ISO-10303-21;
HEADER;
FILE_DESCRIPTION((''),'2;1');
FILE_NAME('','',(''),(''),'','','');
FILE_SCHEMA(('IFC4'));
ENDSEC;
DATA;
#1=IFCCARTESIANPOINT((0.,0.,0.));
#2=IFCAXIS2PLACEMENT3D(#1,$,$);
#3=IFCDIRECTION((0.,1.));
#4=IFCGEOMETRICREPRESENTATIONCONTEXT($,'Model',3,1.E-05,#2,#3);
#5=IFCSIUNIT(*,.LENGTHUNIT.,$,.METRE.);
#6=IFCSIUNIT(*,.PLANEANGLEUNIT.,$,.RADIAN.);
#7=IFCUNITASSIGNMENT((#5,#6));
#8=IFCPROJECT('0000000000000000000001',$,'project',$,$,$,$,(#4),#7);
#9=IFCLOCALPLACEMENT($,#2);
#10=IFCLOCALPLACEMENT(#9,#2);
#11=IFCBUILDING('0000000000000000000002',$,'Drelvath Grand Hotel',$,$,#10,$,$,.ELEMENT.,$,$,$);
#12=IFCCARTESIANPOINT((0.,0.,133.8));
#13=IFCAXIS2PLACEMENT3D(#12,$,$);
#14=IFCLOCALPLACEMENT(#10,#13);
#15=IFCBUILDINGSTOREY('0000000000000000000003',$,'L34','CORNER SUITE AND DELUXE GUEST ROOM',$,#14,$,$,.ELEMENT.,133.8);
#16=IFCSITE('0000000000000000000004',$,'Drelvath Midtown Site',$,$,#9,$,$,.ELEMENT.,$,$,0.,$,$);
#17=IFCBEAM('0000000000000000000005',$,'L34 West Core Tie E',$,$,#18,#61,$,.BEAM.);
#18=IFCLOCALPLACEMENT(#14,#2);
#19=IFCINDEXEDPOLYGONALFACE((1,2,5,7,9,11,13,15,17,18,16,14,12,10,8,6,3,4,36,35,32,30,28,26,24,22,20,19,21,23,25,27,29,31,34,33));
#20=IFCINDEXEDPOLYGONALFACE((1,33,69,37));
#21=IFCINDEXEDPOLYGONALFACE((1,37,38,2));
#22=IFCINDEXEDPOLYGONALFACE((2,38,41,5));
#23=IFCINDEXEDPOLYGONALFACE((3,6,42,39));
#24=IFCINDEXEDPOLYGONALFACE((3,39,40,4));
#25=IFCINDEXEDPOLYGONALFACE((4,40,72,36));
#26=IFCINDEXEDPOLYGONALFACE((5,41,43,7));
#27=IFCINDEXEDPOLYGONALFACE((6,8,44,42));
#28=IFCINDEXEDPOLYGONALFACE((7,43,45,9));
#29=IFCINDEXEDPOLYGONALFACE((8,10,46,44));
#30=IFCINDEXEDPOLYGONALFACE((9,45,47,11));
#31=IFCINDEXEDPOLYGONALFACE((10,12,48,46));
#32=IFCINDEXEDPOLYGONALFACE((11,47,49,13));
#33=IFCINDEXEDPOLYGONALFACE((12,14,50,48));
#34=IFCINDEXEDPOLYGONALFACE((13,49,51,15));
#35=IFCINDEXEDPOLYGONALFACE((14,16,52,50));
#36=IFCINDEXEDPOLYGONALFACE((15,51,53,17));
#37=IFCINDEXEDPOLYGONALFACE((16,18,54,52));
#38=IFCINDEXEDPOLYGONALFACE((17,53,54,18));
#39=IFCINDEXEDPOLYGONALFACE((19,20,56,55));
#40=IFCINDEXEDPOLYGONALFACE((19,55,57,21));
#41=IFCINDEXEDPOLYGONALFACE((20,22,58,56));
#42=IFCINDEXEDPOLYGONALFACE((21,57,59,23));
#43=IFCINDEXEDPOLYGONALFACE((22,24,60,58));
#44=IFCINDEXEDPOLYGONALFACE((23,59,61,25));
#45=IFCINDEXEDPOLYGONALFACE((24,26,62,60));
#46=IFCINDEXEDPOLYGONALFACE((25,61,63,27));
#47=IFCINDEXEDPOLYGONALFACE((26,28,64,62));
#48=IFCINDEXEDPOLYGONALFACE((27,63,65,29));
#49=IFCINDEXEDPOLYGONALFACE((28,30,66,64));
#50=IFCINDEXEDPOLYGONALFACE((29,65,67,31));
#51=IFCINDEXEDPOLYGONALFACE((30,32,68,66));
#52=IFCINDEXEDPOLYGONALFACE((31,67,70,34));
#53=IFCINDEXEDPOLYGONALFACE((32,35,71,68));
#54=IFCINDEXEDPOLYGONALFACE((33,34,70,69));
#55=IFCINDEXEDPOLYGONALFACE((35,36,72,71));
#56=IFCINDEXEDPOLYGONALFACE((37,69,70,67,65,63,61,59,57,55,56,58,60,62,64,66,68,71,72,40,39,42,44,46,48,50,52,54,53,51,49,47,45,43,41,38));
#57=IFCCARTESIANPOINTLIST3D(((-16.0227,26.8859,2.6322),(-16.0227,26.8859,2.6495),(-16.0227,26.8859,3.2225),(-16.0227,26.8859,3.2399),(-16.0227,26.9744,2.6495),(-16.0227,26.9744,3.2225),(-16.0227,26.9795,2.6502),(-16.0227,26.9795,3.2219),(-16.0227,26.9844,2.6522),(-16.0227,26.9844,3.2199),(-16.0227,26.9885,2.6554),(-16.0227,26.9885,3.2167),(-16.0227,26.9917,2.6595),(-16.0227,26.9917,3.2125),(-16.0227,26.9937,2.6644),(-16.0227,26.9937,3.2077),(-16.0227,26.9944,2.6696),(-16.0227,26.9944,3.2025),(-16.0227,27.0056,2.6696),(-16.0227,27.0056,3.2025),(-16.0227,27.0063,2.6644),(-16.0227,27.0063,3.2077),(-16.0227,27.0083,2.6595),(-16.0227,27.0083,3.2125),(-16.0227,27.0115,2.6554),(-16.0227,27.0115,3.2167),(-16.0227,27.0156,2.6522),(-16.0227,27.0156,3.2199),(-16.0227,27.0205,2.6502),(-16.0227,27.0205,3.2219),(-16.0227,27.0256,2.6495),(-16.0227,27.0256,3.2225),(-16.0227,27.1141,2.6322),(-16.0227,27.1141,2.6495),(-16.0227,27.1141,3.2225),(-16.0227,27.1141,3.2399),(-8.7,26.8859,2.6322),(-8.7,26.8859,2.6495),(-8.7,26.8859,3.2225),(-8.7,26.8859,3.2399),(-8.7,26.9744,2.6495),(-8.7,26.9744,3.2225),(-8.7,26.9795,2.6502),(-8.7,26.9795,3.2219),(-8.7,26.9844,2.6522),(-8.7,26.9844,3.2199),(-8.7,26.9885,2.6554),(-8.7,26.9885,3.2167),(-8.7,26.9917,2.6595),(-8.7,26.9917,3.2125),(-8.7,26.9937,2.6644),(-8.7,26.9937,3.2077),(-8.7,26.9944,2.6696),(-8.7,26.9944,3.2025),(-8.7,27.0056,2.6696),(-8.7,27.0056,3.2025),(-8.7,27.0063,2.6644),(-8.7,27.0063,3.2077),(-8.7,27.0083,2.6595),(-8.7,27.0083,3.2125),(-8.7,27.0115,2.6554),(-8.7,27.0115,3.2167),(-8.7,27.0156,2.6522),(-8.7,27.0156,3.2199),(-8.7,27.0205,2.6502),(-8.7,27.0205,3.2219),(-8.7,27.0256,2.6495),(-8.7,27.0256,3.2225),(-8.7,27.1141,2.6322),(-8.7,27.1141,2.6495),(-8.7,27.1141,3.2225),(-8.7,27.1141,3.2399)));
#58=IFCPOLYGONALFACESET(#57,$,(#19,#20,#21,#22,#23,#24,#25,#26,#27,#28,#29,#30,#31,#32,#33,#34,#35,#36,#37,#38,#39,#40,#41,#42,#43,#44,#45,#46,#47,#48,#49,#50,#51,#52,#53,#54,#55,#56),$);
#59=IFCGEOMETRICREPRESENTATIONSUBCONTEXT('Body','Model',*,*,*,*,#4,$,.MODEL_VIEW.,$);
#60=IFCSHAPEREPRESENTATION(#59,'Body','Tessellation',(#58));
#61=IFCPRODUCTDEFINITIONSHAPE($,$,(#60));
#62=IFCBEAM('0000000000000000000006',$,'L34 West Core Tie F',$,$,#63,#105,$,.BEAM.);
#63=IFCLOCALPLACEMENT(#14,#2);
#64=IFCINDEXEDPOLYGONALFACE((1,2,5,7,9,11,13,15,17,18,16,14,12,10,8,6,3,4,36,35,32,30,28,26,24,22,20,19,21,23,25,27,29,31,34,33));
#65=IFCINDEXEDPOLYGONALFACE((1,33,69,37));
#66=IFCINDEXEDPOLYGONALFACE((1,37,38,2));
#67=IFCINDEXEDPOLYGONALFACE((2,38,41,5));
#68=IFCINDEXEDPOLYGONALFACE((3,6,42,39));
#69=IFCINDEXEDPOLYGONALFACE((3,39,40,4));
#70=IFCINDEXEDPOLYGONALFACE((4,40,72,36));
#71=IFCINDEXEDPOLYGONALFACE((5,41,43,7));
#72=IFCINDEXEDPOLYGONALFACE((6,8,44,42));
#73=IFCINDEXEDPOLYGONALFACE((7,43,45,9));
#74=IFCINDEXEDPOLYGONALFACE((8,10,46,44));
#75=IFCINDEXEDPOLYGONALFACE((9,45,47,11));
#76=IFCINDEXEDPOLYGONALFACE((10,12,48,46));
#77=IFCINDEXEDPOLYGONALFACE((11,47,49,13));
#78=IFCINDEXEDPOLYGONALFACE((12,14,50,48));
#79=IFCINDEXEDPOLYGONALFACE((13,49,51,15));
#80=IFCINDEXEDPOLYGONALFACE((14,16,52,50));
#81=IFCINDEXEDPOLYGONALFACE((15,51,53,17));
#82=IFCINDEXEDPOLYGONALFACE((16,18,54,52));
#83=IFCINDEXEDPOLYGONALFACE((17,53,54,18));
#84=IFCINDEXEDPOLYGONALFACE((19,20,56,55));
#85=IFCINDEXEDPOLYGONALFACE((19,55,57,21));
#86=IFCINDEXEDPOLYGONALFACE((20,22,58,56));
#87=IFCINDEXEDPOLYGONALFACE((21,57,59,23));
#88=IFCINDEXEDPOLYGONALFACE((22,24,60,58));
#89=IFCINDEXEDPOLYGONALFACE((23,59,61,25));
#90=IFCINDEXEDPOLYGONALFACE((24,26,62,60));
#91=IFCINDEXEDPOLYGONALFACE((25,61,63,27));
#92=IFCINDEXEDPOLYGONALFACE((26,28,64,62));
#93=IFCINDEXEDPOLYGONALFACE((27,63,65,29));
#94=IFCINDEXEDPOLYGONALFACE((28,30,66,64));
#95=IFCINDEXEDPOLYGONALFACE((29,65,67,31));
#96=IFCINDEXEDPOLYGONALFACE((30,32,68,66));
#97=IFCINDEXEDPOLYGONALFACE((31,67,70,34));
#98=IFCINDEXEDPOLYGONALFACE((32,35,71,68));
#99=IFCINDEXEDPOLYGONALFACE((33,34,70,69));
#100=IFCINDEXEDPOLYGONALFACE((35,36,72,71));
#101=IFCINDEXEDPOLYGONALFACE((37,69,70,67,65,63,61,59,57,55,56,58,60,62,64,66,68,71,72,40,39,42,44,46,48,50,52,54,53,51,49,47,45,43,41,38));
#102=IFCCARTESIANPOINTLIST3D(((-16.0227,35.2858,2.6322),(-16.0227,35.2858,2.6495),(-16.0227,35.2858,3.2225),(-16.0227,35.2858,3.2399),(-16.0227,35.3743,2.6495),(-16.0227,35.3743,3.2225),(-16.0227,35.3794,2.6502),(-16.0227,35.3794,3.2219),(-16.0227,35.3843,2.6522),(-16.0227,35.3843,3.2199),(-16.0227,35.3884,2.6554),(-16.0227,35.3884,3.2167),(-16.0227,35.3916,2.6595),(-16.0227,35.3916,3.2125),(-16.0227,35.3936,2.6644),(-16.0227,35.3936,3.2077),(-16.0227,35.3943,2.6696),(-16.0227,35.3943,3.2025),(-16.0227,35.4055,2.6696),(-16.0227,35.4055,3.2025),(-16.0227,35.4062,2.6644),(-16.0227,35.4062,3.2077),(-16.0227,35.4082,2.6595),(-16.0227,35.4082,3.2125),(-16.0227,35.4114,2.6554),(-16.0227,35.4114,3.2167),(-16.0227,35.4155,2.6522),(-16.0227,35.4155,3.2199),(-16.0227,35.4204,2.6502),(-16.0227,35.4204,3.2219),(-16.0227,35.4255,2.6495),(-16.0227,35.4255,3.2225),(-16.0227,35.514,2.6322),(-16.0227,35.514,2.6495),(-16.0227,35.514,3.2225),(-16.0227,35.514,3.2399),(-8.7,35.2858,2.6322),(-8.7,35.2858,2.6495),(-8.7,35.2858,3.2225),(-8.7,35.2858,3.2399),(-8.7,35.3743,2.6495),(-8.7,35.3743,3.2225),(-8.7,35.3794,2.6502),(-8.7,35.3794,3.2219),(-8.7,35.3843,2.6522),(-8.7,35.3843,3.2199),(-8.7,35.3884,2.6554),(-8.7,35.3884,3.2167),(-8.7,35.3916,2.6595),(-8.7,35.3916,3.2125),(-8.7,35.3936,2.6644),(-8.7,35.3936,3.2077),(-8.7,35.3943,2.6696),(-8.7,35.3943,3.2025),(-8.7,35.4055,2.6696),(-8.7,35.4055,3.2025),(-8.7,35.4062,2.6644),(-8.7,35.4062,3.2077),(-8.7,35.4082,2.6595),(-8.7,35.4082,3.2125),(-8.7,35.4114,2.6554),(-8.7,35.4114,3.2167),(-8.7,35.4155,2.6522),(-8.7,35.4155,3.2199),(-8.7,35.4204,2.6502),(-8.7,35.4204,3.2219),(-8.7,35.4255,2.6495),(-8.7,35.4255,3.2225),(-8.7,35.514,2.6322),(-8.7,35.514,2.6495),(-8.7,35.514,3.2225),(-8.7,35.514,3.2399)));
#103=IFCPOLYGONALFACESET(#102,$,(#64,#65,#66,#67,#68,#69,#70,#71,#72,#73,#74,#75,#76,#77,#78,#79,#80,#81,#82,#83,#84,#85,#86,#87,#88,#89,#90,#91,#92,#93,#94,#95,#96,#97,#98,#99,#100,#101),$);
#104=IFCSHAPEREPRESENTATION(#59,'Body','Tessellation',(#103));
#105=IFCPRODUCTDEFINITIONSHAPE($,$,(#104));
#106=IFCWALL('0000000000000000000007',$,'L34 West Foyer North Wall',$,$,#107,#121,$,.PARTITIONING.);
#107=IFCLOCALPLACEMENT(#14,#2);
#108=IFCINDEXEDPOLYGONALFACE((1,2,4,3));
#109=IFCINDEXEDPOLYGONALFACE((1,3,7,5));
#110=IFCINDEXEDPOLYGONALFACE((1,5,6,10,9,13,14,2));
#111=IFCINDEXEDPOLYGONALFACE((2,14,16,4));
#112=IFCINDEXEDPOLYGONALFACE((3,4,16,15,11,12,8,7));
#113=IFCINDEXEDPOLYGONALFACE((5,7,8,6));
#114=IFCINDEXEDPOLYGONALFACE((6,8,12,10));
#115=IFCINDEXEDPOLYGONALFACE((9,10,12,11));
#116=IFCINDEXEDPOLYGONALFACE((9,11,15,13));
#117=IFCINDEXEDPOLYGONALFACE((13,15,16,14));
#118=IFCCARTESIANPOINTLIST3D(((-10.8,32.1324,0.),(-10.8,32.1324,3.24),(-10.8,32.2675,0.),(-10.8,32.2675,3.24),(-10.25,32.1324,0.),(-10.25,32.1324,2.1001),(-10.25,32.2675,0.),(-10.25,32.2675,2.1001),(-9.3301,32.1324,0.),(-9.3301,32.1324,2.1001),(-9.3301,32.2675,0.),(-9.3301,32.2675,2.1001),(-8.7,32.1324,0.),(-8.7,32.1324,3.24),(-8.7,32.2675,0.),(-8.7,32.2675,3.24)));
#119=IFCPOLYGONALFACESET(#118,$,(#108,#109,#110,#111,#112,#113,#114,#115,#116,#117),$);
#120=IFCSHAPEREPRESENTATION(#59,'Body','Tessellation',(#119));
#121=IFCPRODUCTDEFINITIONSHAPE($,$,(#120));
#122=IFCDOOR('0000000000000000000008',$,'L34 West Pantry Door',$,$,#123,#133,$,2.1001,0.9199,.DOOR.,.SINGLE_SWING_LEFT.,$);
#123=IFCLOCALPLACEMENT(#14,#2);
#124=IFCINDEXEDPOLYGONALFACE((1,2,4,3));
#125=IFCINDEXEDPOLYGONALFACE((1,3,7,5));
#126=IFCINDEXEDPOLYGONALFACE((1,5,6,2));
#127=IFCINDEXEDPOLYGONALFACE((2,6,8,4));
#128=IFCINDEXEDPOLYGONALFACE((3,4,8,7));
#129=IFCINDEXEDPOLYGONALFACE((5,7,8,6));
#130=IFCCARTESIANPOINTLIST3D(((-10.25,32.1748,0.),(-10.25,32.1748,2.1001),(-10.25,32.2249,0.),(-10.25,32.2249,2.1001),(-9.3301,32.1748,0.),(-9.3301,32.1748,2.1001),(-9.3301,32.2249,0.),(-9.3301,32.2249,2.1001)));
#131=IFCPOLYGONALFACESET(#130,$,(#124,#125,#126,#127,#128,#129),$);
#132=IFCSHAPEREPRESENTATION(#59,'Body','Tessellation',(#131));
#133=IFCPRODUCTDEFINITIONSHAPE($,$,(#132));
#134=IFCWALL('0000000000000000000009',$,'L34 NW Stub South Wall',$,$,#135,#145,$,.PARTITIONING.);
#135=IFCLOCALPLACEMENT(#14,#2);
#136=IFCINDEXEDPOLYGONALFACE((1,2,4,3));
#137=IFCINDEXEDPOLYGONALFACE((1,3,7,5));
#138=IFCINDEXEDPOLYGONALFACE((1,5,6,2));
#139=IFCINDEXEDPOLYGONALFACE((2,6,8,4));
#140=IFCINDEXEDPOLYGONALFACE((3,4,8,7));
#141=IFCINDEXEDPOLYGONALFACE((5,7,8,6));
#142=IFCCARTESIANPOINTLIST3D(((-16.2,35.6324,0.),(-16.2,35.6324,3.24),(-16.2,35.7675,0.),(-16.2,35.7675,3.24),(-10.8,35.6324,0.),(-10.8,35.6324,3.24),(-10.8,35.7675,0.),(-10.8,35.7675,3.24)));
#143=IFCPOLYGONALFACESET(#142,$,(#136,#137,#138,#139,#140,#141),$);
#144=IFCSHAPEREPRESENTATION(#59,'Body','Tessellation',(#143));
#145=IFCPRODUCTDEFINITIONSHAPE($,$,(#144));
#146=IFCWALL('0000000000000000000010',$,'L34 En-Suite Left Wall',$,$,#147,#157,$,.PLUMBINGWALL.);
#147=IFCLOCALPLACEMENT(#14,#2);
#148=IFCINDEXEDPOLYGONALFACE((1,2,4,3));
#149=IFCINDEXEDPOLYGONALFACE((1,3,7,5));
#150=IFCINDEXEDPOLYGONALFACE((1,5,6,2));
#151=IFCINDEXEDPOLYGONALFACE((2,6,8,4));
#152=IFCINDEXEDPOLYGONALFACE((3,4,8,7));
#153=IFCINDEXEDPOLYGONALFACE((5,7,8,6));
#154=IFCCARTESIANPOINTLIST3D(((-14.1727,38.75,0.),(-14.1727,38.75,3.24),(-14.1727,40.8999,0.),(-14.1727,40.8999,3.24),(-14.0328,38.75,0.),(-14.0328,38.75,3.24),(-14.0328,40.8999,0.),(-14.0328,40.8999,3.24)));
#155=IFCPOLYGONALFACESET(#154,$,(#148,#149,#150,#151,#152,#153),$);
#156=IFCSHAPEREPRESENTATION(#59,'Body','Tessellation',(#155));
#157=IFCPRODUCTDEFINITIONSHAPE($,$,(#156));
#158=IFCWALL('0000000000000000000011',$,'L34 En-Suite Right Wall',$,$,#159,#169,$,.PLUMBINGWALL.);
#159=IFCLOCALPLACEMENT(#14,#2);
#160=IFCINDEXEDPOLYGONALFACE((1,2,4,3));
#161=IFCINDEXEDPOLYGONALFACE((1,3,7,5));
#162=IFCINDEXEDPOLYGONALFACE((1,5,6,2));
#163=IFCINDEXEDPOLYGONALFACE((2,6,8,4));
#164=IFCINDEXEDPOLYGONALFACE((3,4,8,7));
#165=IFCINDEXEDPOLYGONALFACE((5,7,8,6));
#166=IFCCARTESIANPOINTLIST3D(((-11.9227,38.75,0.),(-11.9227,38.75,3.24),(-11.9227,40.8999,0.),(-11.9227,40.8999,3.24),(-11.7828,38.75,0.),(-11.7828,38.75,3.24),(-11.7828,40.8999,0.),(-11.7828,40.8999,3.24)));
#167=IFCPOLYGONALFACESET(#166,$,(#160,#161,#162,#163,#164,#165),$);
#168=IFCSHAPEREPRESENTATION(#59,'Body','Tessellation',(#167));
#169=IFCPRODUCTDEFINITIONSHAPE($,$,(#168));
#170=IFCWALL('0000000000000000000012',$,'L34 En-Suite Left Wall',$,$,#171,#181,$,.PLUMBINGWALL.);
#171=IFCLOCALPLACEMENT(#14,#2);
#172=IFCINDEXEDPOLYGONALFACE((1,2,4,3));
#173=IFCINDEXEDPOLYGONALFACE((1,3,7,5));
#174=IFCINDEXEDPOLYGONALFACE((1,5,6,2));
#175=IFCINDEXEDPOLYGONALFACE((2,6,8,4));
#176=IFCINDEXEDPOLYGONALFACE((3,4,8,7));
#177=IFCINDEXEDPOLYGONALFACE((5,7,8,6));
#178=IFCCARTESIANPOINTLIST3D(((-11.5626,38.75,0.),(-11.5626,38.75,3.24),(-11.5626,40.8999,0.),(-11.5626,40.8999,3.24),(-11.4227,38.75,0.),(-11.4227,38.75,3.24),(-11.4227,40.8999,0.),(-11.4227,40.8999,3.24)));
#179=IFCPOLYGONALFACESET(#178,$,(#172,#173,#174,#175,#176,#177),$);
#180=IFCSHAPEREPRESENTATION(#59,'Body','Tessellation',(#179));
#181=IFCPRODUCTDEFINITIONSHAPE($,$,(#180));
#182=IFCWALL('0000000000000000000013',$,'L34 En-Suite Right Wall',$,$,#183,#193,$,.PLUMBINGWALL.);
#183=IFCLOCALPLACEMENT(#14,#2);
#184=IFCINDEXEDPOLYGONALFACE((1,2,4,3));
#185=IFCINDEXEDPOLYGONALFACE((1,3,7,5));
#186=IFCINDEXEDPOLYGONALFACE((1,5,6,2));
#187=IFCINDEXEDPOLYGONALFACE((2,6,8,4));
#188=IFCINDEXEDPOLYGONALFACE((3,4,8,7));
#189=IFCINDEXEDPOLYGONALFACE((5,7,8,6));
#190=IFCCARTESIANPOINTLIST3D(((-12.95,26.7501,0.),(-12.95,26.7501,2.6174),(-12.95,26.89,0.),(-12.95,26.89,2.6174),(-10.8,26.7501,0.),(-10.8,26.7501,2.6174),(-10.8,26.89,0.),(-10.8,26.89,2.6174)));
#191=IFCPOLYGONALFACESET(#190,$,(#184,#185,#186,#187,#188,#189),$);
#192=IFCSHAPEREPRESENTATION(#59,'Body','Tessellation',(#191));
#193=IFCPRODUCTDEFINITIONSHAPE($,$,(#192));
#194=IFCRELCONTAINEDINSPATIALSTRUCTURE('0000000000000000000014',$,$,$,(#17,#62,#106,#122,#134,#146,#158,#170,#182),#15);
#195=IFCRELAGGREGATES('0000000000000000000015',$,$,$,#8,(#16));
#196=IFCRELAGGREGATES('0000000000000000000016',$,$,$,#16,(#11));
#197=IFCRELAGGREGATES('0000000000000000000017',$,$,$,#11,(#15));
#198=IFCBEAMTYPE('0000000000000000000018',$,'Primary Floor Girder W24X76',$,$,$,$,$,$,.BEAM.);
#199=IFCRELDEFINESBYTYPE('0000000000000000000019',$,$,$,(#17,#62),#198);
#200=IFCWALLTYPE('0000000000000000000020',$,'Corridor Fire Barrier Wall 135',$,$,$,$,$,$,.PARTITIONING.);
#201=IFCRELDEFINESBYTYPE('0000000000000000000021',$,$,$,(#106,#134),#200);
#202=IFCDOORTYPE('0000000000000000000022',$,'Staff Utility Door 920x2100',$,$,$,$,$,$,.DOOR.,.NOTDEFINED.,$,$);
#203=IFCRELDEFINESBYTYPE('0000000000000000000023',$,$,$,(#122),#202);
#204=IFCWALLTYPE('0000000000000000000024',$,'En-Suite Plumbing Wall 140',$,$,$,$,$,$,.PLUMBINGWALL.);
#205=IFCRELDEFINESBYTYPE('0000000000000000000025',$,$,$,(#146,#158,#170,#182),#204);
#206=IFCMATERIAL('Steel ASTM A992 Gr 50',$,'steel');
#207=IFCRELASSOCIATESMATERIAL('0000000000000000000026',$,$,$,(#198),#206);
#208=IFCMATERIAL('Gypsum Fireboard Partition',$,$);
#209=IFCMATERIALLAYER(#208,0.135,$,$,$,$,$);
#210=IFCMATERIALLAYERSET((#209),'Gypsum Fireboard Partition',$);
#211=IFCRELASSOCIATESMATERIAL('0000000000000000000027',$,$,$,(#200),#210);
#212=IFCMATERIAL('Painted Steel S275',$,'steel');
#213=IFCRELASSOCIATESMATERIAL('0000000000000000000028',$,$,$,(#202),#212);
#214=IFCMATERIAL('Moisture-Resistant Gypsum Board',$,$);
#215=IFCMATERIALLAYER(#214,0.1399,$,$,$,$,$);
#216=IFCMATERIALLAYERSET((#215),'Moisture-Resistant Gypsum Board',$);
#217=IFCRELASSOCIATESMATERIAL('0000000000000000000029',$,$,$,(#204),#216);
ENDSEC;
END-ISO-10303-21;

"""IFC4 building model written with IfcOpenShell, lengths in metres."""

from ifc_helpers import new_model, si_unit, direction, frame, frame_2d, origin, origin_2d, place, context, subcontext, project, spatial, rectangle, i_section, extrude, material, layer, layer_set, material_profile, profile_set, type_object, element, fill, save


model = new_model("IFC4")

# Units and contexts
model_context = context("Model", 3, precision=1e-05, world=origin(), true_north=direction((0.0, 1.0)))
body_context = subcontext(model_context, "Body", "Model", "MODEL_VIEW")
ifc_project = project(units=[si_unit("LENGTHUNIT", "METRE"), si_unit("PLANEANGLEUNIT", "RADIAN")], contexts=[model_context])

# Site, building, storey
site_placement = place(None, origin())
site = spatial("IfcSite", under=ifc_project, at=site_placement, Name="Drelvath Midtown Site", CompositionType="ELEMENT", RefElevation=0.0)
building_placement = place(site_placement, origin())
building = spatial("IfcBuilding", under=site, at=building_placement, Name="Drelvath Grand Hotel", CompositionType="ELEMENT")
storey_placement = place(building_placement, frame((0.0, 0.0, 133.8)))
storey = spatial("IfcBuildingStorey", under=building, at=storey_placement, Name="L34", Description="CORNER SUITE AND DELUXE GUEST ROOM", CompositionType="ELEMENT", Elevation=133.8)

# Beams
ifc_material_1 = material(Name="Steel ASTM A992 Gr 50", Category="steel")
ifc_material_profile = material_profile(ifc_material_1, i_section(OverallWidth=0.2283, OverallDepth=0.6077, WebThickness=0.0112, FlangeThickness=0.0173, FilletRadius=0.02, at=origin_2d()), Name="W24X76")
ifc_profile_set = profile_set([ifc_material_profile], Name="Steel ASTM A992 Gr 50")
beam_type = type_object("IfcBeamType", Name="Primary Floor Girder W24X76", PredefinedType="BEAM", material=ifc_profile_set)
for number, where, z_axis, x_axis, name in (
    (1, (-16.0227, 27.0, 2.936), (1.0, 0.0, 0.0), (0.0, 1.0, 0.0), "L34 West Core Tie E"),
    (2, (-16.0227, 35.3999, 2.936), (1.0, 0.0, 0.0), (0.0, 1.0, 0.0), "L34 West Core Tie F"),
):
    element("IfcBeam", number, at=place(storey_placement, frame(where, z_axis=z_axis, x_axis=x_axis)), inside=storey, type_object=beam_type, Name=name, PredefinedType="BEAM", context=body_context, shape_type="SweptSolid", body=[
        extrude(i_section(OverallWidth=0.2283, OverallDepth=0.6077, WebThickness=0.0112, FlangeThickness=0.0173, FilletRadius=0.02, at=origin_2d()), origin(), (0.0, 0.0, 1.0), 7.3228),
    ])

# Wall, opening, door
ifc_material_2 = material(Name="Gypsum Fireboard Partition")
ifc_layer_1 = layer(ifc_material_2, 0.135)
ifc_layer_set_1 = layer_set([ifc_layer_1], Name="Gypsum Fireboard Partition")
wall_type_1 = type_object("IfcWallType", Name="Corridor Fire Barrier Wall 135", PredefinedType="PARTITIONING", material=ifc_layer_set_1)
wall_1_placement = place(storey_placement, frame((-10.8, 32.2, 0.0), z_axis=(0.0, 0.0, 1.0), x_axis=(1.0, 0.0, 0.0)))
wall_1 = element("IfcWall", 3, at=wall_1_placement, inside=storey, type_object=wall_type_1, Name="L34 West Foyer North Wall", PredefinedType="PARTITIONING", context=body_context, shape_type="SweptSolid", body=[
    extrude(rectangle(XDim=2.1001, YDim=0.135, at=frame_2d((1.05, 0.0))), origin(), (0.0, 0.0, 1.0), 3.24),
])
opening_1_placement = place(wall_1_placement, frame((0.55, 0.0, 0.0)))
opening_1 = element("IfcOpeningElement", 4, at=opening_1_placement, cuts=wall_1, PredefinedType="OPENING", context=body_context, shape_type="SweptSolid", body=[
    extrude(rectangle(XDim=0.9199, YDim=2.1001, at=frame_2d((0.46, 1.05))), frame((0.0, 0.0774, 0.0), z_axis=(0.0, -1.0, 0.0), x_axis=(1.0, 0.0, 0.0)), (0.0, 0.0, 1.0), 0.155),
])
ifc_material_3 = material(Name="Painted Steel S275", Category="steel")
door_type_1 = type_object("IfcDoorType", Name="Staff Utility Door 920x2100", OperationType="NOTDEFINED", PredefinedType="DOOR", material=ifc_material_3)
door_1_placement = place(opening_1_placement, origin())
door_1 = element("IfcDoor", 5, at=door_1_placement, inside=storey, type_object=door_type_1, Name="L34 West Pantry Door", OperationType="SINGLE_SWING_LEFT", OverallHeight=2.1001, OverallWidth=0.9199, PredefinedType="DOOR", context=body_context, shape_type="SweptSolid", body=[
    extrude(rectangle(XDim=0.9199, YDim=2.1001, at=frame_2d((0.46, 1.05))), frame((0.0, 0.0249, 0.0), z_axis=(0.0, -1.0, 0.0), x_axis=(1.0, 0.0, 0.0)), (0.0, 0.0, 1.0), 0.05),
])
fill(opening_1, door_1)

# Wall
wall_2_placement = place(storey_placement, frame((-16.2, 35.7, 0.0), z_axis=(0.0, 0.0, 1.0), x_axis=(1.0, 0.0, 0.0)))
element("IfcWall", 6, at=wall_2_placement, inside=storey, type_object=wall_type_1, Name="L34 NW Stub South Wall", PredefinedType="PARTITIONING", context=body_context, shape_type="SweptSolid", body=[
    extrude(rectangle(XDim=5.3999, YDim=0.135, at=frame_2d((2.7, 0.0))), origin(), (0.0, 0.0, 1.0), 3.24),
])

# Walls
ifc_material_4 = material(Name="Moisture-Resistant Gypsum Board")
ifc_layer_2 = layer(ifc_material_4, 0.1399)
ifc_layer_set_2 = layer_set([ifc_layer_2], Name="Moisture-Resistant Gypsum Board")
wall_type_2 = type_object("IfcWallType", Name="En-Suite Plumbing Wall 140", PredefinedType="PLUMBINGWALL", material=ifc_layer_set_2)
for number, where, z_axis, x_axis, name in (
    (7, (-14.1028, 38.75, 0.0), (0.0, 0.0, 1.0), (0.0, 1.0, 0.0), "L34 En-Suite Left Wall"),
    (8, (-11.8528, 38.75, 0.0), (0.0, 0.0, 1.0), (0.0, 1.0, 0.0), "L34 En-Suite Right Wall"),
    (9, (-11.4927, 38.75, 0.0), (0.0, 0.0, 1.0), (0.0, 1.0, 0.0), "L34 En-Suite Left Wall"),
):
    element("IfcWall", number, at=place(storey_placement, frame(where, z_axis=z_axis, x_axis=x_axis)), inside=storey, type_object=wall_type_2, Name=name, PredefinedType="PLUMBINGWALL", context=body_context, shape_type="SweptSolid", body=[
        extrude(rectangle(XDim=2.1499, YDim=0.1399, at=frame_2d((1.075, 0.0))), origin(), (0.0, 0.0, 1.0), 3.24),
    ])
wall_3_placement = place(storey_placement, frame((-10.8, 26.8201, 0.0), z_axis=(0.0, 0.0, 1.0), x_axis=(-1.0, 0.0, 0.0)))
element("IfcWall", 10, at=wall_3_placement, inside=storey, type_object=wall_type_2, Name="L34 En-Suite Right Wall", PredefinedType="PLUMBINGWALL", context=body_context, shape_type="SweptSolid", body=[
    extrude(rectangle(XDim=2.1499, YDim=0.1399, at=frame_2d((1.075, 0.0))), origin(), (0.0, 0.0, 1.0), 2.6174),
])

save(model, "model.ifc")
